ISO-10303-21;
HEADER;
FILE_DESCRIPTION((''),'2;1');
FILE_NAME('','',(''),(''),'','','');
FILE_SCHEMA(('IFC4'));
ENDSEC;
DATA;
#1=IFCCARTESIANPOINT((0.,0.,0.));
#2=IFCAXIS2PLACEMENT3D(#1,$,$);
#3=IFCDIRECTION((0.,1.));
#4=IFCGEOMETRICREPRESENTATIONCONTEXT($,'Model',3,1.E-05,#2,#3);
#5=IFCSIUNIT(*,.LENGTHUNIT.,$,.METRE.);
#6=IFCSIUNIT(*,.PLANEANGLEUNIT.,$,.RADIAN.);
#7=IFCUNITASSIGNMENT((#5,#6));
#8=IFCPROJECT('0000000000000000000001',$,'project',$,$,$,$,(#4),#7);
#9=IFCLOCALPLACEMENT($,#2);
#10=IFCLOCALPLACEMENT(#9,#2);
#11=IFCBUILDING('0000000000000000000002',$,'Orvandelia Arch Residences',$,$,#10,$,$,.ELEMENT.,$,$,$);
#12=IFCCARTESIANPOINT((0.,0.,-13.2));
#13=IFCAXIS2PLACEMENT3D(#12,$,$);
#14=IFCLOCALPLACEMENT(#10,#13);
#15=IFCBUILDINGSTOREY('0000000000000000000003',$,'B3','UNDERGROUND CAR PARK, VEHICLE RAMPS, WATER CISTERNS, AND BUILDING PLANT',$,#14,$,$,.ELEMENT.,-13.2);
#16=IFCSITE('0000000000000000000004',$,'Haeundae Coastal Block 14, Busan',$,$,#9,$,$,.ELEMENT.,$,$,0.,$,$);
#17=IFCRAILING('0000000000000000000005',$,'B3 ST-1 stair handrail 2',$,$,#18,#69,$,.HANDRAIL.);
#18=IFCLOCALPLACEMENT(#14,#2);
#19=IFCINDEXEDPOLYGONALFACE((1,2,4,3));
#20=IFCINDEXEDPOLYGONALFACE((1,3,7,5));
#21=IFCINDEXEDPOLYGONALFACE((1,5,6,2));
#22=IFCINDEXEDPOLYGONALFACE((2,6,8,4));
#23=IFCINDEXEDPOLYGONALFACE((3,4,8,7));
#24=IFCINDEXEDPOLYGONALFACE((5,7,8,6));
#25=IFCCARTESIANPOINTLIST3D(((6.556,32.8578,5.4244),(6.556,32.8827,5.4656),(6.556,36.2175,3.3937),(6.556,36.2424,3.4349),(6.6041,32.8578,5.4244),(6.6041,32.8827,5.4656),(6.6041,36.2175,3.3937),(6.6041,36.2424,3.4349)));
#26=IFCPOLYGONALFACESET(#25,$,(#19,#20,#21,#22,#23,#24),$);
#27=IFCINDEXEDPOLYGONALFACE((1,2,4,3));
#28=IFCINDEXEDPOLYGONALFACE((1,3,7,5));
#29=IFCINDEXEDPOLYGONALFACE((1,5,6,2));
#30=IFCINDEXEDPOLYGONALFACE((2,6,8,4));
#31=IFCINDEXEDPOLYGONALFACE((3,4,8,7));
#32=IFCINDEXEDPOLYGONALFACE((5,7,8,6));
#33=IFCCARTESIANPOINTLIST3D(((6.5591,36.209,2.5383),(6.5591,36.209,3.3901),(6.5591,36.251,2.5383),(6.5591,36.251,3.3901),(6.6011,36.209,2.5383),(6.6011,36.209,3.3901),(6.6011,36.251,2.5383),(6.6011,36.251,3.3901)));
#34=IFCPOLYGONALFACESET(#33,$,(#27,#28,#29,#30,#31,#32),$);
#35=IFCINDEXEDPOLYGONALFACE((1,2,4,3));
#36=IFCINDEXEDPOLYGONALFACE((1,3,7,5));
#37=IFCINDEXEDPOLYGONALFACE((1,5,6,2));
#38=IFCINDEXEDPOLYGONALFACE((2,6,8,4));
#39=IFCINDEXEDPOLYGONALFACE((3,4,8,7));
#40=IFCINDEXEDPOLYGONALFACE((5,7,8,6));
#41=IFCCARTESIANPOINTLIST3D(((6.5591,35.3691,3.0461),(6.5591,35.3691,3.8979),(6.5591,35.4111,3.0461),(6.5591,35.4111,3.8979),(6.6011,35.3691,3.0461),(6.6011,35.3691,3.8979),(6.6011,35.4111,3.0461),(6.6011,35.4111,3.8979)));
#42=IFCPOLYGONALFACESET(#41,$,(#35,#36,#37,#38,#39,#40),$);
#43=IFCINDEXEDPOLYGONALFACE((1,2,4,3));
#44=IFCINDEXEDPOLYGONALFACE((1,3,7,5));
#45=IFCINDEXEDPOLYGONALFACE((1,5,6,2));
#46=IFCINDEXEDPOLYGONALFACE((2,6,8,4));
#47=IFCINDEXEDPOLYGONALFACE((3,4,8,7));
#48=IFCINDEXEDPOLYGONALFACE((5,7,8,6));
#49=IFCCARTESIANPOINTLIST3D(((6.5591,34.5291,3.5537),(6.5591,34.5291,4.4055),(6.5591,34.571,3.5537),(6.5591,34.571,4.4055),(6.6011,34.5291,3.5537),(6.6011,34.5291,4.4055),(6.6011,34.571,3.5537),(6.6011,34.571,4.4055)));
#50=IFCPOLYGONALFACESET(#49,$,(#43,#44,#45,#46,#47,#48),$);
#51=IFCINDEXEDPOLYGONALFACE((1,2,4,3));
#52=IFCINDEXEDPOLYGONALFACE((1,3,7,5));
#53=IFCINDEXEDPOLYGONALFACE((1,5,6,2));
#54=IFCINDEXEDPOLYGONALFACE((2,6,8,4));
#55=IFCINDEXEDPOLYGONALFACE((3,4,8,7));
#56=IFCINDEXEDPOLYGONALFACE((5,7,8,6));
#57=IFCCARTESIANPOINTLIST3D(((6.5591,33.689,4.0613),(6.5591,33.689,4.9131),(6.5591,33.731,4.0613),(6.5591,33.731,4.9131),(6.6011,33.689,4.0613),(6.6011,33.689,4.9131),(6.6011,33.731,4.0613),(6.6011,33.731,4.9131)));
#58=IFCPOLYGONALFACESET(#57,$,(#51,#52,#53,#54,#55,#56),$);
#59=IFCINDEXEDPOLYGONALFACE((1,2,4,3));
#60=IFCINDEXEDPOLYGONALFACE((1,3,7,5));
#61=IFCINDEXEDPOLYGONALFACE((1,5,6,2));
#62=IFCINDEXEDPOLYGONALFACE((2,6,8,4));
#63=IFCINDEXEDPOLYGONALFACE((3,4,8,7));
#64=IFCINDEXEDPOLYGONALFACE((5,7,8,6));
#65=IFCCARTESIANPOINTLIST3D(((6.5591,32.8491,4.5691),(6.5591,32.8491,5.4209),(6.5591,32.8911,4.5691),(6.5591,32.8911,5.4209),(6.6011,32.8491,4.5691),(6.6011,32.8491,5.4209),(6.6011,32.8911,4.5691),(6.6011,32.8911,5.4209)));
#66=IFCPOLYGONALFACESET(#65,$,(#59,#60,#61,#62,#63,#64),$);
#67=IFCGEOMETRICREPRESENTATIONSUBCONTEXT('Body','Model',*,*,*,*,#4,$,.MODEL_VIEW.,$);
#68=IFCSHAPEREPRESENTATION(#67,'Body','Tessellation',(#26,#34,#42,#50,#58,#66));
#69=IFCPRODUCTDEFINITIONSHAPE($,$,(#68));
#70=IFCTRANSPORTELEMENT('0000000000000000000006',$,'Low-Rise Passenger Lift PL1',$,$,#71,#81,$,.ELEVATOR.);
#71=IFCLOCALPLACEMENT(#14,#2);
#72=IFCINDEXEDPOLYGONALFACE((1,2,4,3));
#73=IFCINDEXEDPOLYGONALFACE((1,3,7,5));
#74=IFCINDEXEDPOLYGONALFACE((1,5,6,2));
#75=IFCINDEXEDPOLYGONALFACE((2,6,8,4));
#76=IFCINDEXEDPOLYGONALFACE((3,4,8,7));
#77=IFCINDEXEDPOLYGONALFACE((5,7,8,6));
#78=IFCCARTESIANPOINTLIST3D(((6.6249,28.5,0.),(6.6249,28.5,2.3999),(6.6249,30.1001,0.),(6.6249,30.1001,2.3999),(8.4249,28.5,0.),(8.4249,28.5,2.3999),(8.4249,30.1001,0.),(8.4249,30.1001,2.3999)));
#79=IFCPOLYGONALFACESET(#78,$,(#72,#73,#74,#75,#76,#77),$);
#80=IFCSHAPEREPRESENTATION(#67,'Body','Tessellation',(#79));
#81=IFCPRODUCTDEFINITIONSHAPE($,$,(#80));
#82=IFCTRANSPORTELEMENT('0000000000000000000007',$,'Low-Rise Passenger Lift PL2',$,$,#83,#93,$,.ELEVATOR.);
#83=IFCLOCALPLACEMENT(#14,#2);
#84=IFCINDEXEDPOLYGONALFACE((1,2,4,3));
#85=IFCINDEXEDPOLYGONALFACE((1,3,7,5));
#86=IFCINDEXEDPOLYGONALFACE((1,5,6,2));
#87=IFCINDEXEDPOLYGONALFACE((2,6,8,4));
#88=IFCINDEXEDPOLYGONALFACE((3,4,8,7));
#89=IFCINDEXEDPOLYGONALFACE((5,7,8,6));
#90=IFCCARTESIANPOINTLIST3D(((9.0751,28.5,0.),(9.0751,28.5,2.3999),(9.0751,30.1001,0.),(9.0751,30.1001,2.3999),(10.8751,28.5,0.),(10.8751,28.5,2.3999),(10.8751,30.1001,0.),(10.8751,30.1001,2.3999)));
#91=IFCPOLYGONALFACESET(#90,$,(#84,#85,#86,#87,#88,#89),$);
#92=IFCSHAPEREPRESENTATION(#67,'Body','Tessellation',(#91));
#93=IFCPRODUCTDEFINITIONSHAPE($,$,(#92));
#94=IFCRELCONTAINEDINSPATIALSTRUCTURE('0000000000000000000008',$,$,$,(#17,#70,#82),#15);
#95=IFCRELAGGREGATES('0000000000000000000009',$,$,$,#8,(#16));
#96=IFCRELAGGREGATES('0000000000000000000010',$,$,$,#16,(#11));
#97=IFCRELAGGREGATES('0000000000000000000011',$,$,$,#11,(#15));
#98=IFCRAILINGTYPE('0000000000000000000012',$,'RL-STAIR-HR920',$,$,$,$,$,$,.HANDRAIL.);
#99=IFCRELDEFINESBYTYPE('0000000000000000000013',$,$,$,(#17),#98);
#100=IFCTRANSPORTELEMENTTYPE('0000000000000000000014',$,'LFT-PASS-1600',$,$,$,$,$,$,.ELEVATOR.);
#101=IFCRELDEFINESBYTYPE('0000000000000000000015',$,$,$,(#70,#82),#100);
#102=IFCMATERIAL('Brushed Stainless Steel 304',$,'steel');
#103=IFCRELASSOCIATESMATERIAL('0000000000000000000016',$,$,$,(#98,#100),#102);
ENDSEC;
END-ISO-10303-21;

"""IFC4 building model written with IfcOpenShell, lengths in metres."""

from ifc_helpers import new_model, si_unit, direction, frame, origin, origin_2d, place, context, subcontext, project, spatial, rectangle, extrude, material, type_object, element, save


model = new_model("IFC4")

# Units and contexts
model_context = context("Model", 3, precision=1e-05, world=origin(), true_north=direction((0.0, 1.0)))
body_context = subcontext(model_context, "Body", "Model", "MODEL_VIEW")
ifc_project = project(units=[si_unit("LENGTHUNIT", "METRE"), si_unit("PLANEANGLEUNIT", "RADIAN")], contexts=[model_context])

# Site, building, storey
site_placement = place(None, origin())
site = spatial("IfcSite", under=ifc_project, at=site_placement, Name="Haeundae Coastal Block 14, Busan", CompositionType="ELEMENT", RefElevation=0.0)
building_placement = place(site_placement, origin())
building = spatial("IfcBuilding", under=site, at=building_placement, Name="Orvandelia Arch Residences", CompositionType="ELEMENT")
storey_placement = place(building_placement, frame((0.0, 0.0, -13.2)))
storey = spatial("IfcBuildingStorey", under=building, at=storey_placement, Name="B3", Description="UNDERGROUND CAR PARK, VEHICLE RAMPS, WATER CISTERNS, AND BUILDING PLANT", CompositionType="ELEMENT", Elevation=-13.2)

# Railing
ifc_material_1 = material(Name="Brushed Stainless Steel 304", Category="steel")
railing_type_1 = type_object("IfcRailingType", Name="RL-STAIR-HR920", PredefinedType="HANDRAIL", material=ifc_material_1)
railing_1_placement = place(storey_placement, frame((6.5801, 36.23, 2.5383)))
element("IfcRailing", 1, at=railing_1_placement, inside=storey, type_object=railing_type_1, Name="B3 ST-1 stair handrail 2", PredefinedType="HANDRAIL", context=body_context, shape_type="SweptSolid", body=[
    extrude(rectangle(XDim=0.0481, YDim=0.0481, at=origin_2d()), frame((0.0, 0.0, 0.876), z_axis=(0.0, -0.85582, 0.517273), x_axis=(1.0, 0.0, 0.0)), (0.0, 0.0, 1.0), 3.9258),
    extrude(rectangle(XDim=0.042, YDim=0.042, at=origin_2d()), origin(), (0.0, 0.0, 1.0), 0.8518),
    extrude(rectangle(XDim=0.042, YDim=0.042, at=origin_2d()), frame((0.0, -0.8398, 0.5078)), (0.0, 0.0, 1.0), 0.8518),
    extrude(rectangle(XDim=0.042, YDim=0.042, at=origin_2d()), frame((0.0, -1.6799, 1.0154)), (0.0, 0.0, 1.0), 0.8518),
    extrude(rectangle(XDim=0.042, YDim=0.042, at=origin_2d()), frame((0.0, -2.52, 1.5229)), (0.0, 0.0, 1.0), 0.8518),
    extrude(rectangle(XDim=0.042, YDim=0.042, at=origin_2d()), frame((0.0, -3.3599, 2.0308)), (0.0, 0.0, 1.0), 0.8518),
])

# Transport elements
transport_element_type = type_object("IfcTransportElementType", Name="LFT-PASS-1600", PredefinedType="ELEVATOR", material=ifc_material_1)
for number, where, z_axis, x_axis, name in (
    (2, (7.5249, 29.3, 0.0), (0.0, 0.0, 1.0), (1.0, 0.0, 0.0), "Low-Rise Passenger Lift PL1"),
    (3, (9.9751, 29.3, 0.0), (0.0, 0.0, 1.0), (1.0, 0.0, 0.0), "Low-Rise Passenger Lift PL2"),
):
    element("IfcTransportElement", number, at=place(storey_placement, frame(where, z_axis=z_axis, x_axis=x_axis)), inside=storey, type_object=transport_element_type, Name=name, PredefinedType="ELEVATOR", context=body_context, shape_type="SweptSolid", body=[
        extrude(rectangle(XDim=1.8, YDim=1.6001, at=origin_2d()), origin(), (0.0, 0.0, 1.0), 2.3999),
    ])

save(model, "model.ifc")
